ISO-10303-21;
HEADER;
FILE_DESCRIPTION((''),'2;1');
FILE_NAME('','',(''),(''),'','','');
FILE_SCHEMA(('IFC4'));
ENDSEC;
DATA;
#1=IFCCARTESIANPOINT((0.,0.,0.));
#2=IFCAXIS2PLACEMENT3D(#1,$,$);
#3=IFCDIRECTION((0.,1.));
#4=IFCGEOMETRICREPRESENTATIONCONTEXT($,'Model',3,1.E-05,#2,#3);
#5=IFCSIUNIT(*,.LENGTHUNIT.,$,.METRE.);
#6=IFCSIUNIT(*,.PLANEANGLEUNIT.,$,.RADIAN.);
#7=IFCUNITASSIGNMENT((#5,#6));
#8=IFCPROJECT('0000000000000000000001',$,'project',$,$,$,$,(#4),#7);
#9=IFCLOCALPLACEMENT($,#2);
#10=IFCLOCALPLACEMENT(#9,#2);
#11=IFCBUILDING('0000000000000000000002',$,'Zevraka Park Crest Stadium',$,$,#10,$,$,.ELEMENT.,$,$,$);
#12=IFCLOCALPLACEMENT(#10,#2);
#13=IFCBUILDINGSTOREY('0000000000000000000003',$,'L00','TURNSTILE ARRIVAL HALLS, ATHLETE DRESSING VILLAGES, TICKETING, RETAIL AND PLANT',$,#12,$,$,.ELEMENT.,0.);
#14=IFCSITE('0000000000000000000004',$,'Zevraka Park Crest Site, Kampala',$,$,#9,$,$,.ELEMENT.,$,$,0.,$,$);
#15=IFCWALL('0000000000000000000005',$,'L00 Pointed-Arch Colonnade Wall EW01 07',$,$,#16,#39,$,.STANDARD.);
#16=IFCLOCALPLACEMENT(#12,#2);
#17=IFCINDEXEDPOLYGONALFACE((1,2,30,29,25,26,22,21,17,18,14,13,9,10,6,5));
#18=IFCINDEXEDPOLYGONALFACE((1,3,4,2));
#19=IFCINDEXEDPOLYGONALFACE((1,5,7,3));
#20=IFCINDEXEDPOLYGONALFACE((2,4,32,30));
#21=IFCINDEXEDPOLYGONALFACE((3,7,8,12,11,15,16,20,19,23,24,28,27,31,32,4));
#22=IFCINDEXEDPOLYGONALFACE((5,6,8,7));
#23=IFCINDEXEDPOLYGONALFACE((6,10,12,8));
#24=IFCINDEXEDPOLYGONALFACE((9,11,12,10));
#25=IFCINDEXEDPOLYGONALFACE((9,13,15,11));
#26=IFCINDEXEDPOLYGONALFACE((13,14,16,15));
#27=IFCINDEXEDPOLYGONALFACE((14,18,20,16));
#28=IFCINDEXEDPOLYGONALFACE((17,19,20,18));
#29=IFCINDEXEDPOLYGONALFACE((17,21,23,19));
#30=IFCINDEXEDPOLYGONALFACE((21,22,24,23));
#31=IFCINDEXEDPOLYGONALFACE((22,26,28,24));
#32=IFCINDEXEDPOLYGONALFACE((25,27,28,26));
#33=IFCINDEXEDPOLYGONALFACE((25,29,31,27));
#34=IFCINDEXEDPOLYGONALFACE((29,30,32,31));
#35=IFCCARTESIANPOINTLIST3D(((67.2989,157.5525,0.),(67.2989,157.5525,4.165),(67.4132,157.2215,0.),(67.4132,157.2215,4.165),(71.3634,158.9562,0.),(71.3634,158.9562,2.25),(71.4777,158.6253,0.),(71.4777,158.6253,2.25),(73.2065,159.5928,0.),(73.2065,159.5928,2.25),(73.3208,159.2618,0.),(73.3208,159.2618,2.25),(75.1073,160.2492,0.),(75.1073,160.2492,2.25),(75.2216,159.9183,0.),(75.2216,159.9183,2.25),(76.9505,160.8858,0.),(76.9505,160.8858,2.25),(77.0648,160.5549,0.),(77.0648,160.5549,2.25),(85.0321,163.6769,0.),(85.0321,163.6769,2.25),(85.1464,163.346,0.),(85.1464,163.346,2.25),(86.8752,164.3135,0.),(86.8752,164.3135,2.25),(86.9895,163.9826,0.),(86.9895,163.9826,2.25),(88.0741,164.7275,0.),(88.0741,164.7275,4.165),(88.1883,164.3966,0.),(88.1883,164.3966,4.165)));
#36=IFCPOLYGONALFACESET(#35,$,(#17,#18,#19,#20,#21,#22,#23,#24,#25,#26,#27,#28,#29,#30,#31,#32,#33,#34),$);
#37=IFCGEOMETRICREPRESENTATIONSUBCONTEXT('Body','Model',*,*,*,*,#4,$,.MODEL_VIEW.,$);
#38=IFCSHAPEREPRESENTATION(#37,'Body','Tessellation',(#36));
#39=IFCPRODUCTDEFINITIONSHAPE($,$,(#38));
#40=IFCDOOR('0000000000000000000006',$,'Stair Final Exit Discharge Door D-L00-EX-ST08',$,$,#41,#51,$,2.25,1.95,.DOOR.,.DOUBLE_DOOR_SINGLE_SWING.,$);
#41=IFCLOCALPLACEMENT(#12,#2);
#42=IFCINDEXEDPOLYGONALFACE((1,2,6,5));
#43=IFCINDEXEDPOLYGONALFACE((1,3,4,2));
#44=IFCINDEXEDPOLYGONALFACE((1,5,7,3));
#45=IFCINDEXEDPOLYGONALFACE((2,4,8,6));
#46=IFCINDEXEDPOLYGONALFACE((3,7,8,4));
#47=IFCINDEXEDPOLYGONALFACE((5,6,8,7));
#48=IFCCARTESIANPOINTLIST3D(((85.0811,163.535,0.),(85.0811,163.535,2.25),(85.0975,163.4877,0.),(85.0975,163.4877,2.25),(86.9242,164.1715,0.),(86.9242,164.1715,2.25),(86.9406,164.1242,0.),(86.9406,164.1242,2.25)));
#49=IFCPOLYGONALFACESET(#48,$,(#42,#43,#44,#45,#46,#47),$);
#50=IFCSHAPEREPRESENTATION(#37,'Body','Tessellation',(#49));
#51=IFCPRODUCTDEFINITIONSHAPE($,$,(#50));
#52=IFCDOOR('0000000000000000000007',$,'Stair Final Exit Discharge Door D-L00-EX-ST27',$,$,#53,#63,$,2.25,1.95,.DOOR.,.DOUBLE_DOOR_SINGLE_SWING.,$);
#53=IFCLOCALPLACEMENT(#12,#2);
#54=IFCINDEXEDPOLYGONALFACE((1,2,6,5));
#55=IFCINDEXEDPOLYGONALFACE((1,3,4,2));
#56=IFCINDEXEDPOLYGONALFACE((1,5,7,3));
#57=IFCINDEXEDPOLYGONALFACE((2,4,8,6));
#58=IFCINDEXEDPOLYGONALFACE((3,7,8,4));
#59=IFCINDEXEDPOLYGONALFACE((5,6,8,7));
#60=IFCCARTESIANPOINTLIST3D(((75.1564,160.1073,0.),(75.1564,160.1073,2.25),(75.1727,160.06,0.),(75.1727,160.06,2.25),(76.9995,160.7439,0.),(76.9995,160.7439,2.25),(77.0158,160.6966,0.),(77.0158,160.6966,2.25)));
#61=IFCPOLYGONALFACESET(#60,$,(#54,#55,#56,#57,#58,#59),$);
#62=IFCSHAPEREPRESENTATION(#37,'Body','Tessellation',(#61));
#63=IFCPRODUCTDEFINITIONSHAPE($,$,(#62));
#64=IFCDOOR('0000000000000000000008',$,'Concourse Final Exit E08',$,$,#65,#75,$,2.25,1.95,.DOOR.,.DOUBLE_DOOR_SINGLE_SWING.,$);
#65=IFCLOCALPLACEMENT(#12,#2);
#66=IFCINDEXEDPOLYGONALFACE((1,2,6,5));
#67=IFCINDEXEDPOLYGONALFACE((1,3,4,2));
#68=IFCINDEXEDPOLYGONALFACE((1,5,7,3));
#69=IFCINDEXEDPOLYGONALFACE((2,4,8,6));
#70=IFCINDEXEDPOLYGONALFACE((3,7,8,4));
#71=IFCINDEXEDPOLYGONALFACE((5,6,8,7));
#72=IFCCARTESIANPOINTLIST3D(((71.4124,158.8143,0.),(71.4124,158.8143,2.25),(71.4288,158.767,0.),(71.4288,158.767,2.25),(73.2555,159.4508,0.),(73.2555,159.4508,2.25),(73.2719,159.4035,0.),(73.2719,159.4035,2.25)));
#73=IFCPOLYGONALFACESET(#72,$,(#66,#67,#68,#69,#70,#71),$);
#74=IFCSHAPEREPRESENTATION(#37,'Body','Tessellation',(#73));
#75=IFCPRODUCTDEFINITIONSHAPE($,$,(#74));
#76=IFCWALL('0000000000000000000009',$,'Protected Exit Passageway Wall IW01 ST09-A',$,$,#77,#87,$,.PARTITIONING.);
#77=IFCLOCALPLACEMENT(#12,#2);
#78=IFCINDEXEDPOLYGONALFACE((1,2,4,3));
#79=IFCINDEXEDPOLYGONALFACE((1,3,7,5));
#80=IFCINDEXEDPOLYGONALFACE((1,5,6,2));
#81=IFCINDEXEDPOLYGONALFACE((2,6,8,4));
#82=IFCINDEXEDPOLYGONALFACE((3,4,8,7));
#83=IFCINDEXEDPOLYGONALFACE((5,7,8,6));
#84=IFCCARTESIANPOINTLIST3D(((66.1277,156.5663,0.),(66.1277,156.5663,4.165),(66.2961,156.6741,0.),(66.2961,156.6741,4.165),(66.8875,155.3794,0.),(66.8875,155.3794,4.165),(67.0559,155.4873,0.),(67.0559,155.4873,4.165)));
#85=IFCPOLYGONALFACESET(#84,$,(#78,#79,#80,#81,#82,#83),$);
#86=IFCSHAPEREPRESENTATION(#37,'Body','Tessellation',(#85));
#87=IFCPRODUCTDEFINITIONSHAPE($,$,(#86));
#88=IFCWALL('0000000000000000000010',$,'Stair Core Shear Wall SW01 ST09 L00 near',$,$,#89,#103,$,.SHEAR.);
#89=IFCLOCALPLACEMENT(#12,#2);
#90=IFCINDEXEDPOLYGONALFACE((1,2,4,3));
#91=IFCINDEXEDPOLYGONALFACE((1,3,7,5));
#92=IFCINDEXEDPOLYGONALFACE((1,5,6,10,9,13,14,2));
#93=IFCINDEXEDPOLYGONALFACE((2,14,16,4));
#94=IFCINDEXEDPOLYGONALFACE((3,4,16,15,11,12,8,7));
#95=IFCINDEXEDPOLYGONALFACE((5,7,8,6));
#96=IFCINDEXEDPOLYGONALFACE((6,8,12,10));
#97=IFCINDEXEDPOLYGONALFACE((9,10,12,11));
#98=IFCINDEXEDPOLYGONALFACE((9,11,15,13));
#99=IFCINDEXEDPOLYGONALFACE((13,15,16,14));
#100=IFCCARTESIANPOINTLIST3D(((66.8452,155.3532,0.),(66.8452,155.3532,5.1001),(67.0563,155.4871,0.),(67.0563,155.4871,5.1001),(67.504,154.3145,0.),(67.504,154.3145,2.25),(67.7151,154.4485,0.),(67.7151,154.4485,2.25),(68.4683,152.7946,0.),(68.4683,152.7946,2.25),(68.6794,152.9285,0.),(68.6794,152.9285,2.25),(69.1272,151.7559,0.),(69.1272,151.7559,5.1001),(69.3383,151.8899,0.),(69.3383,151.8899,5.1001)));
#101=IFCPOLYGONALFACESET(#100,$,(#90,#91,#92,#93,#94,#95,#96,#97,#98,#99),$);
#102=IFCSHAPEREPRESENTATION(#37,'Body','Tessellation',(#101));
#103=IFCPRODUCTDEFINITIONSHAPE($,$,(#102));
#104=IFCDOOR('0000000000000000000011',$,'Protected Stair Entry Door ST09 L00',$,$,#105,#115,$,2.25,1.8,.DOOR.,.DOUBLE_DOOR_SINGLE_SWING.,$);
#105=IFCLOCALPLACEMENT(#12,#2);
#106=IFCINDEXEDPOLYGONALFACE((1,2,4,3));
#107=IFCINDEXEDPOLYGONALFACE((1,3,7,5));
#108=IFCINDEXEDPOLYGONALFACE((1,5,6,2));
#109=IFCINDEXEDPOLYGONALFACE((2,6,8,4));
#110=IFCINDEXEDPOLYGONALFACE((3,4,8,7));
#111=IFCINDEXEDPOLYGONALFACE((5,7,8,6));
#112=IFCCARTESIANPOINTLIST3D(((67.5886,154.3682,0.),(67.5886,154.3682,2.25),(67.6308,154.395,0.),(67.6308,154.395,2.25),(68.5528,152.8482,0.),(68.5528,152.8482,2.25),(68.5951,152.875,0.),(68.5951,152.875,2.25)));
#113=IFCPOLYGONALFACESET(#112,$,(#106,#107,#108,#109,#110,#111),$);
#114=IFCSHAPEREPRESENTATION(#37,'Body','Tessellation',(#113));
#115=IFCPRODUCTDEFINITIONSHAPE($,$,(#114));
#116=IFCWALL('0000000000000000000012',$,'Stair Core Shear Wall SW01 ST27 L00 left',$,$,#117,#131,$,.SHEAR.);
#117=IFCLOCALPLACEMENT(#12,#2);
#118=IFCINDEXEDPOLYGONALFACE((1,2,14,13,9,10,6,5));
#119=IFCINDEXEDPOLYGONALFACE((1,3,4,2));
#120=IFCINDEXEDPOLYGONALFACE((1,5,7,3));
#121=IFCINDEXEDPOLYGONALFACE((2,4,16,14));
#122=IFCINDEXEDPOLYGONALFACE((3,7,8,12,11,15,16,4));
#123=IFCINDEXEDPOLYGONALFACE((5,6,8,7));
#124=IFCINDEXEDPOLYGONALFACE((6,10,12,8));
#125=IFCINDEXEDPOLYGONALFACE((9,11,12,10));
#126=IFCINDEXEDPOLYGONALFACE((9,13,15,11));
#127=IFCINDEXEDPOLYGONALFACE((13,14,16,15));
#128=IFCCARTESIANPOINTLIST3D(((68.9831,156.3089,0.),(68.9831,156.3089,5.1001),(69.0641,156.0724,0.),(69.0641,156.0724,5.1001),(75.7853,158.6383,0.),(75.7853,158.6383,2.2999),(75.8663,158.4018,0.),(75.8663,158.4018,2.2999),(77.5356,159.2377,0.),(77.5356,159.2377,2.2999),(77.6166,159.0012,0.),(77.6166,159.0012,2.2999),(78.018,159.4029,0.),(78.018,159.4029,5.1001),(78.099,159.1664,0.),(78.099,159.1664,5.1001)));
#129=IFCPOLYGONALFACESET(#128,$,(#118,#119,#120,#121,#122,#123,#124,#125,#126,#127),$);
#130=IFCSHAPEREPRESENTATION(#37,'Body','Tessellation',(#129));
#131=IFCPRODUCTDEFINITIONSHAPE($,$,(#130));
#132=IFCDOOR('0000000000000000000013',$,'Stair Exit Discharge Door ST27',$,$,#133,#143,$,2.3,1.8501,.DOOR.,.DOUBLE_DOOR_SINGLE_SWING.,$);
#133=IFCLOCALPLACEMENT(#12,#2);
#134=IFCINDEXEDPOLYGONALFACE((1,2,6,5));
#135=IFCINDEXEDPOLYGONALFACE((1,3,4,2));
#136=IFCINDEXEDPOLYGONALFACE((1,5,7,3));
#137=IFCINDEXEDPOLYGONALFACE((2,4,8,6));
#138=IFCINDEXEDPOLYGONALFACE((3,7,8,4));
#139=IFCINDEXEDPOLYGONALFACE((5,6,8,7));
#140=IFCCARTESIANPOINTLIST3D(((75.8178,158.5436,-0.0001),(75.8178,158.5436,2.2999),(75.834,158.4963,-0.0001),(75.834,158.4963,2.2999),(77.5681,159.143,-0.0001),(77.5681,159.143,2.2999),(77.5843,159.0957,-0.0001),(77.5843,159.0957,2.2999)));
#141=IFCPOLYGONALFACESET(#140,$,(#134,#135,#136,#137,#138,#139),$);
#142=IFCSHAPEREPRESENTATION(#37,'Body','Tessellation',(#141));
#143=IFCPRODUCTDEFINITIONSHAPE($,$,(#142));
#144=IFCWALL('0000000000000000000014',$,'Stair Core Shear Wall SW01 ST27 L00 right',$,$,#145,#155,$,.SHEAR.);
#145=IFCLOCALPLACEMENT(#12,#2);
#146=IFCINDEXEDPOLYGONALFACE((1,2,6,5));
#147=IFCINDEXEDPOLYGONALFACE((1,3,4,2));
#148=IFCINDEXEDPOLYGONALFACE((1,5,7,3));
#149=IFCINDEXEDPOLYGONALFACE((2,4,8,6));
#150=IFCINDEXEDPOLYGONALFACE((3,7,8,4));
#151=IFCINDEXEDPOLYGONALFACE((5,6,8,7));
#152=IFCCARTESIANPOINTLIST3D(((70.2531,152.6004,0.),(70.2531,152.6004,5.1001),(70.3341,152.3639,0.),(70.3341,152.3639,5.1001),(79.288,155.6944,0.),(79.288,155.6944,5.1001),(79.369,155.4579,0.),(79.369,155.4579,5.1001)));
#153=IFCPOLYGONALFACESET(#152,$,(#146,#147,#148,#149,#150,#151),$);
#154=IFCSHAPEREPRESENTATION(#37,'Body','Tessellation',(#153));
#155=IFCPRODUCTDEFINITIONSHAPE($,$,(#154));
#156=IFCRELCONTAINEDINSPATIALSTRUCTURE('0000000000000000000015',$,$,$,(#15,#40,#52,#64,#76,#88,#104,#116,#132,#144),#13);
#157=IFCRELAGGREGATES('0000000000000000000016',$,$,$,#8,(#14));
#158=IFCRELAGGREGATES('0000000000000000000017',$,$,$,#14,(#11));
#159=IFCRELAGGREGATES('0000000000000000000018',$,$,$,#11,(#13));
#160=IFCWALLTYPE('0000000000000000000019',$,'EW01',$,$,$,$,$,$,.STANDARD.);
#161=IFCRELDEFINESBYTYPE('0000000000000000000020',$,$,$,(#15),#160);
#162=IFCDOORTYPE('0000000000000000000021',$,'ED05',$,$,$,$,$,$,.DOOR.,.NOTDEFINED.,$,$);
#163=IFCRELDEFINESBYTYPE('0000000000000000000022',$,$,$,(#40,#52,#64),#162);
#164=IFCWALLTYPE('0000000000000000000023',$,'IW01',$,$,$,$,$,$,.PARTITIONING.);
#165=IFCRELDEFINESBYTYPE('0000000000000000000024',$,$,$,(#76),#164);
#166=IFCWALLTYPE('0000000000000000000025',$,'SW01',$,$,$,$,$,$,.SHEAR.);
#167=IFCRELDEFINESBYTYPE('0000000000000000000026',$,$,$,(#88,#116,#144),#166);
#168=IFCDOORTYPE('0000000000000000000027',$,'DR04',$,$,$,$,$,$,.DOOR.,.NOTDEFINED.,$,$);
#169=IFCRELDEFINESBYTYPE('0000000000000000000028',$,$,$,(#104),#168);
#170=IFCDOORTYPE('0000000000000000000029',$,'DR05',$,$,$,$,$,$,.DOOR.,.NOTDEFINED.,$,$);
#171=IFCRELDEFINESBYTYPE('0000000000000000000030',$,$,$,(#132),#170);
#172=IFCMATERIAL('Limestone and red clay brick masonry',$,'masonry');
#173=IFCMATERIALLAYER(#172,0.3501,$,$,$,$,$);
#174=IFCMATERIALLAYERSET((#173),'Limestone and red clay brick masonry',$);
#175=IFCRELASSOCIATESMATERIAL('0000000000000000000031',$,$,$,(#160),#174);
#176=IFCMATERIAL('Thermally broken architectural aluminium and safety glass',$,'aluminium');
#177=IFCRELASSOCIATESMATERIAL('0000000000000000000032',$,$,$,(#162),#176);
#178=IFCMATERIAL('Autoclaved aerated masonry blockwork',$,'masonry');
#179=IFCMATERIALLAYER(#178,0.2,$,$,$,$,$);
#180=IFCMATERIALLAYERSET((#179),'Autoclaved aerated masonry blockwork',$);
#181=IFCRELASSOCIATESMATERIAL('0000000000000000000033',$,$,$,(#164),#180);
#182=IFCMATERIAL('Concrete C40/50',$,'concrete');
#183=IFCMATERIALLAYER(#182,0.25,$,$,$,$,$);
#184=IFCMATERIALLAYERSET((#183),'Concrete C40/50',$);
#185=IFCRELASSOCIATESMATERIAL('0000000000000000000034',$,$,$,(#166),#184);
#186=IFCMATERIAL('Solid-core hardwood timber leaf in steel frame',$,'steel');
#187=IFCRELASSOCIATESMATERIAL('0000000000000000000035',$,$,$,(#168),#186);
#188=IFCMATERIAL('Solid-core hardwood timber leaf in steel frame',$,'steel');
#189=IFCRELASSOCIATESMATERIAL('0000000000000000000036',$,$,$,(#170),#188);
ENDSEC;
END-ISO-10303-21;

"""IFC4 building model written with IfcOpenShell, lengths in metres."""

from ifc_helpers import new_model, si_unit, direction, frame, frame_2d, origin, place, context, subcontext, project, spatial, rectangle, extrude, material, layer, layer_set, type_object, element, fill, save


model = new_model("IFC4")

# Units and contexts
model_context = context("Model", 3, precision=1e-05, world=origin(), true_north=direction((0.0, 1.0)))
body_context = subcontext(model_context, "Body", "Model", "MODEL_VIEW")
ifc_project = project(units=[si_unit("LENGTHUNIT", "METRE"), si_unit("PLANEANGLEUNIT", "RADIAN")], contexts=[model_context])

# Site, building, storey
site_placement = place(None, origin())
site = spatial("IfcSite", under=ifc_project, at=site_placement, Name="Zevraka Park Crest Site, Kampala", CompositionType="ELEMENT", RefElevation=0.0)
building_placement = place(site_placement, origin())
building = spatial("IfcBuilding", under=site, at=building_placement, Name="Zevraka Park Crest Stadium", CompositionType="ELEMENT")
storey_placement = place(building_placement, origin())
storey = spatial("IfcBuildingStorey", under=building, at=storey_placement, Name="L00", Description="TURNSTILE ARRIVAL HALLS, ATHLETE DRESSING VILLAGES, TICKETING, RETAIL AND PLANT", CompositionType="ELEMENT", Elevation=0.0)

# Wall, openings, doors
ifc_material_1 = material(Name="Limestone and red clay brick masonry", Category="masonry")
ifc_layer_1 = layer(ifc_material_1, 0.3501)
ifc_layer_set_1 = layer_set([ifc_layer_1], Name="Limestone and red clay brick masonry")
wall_type_1 = type_object("IfcWallType", Name="EW01", PredefinedType="STANDARD", material=ifc_layer_set_1)
wall_1_placement = place(storey_placement, frame((67.356, 157.387, 0.0), z_axis=(0.0, 0.0, 1.0), x_axis=(0.945216, 0.326446, 0.0)))
wall_1 = element("IfcWall", 1, at=wall_1_placement, inside=storey, type_object=wall_type_1, Name="L00 Pointed-Arch Colonnade Wall EW01 07", PredefinedType="STANDARD", context=body_context, shape_type="SweptSolid", body=[
    extrude(rectangle(XDim=21.9792, YDim=0.3501, at=frame_2d((10.9897, 0.0))), origin(), (0.0, 0.0, 1.0), 4.165),
])
opening_1_placement = place(wall_1_placement, frame((18.761, 0.0, 0.0)))
opening_1 = element("IfcOpeningElement", 2, at=opening_1_placement, cuts=wall_1, PredefinedType="OPENING", context=body_context, shape_type="SweptSolid", body=[
    extrude(rectangle(XDim=1.95, YDim=2.25, at=frame_2d((0.9751, 1.125))), frame((0.0, 0.1851, 0.0), z_axis=(0.0, -1.0, 0.0), x_axis=(1.0, 0.0, 0.0)), (0.0, 0.0, 1.0), 0.3701),
])
opening_2_placement = place(wall_1_placement, frame((8.261, 0.0, 0.0)))
opening_2 = element("IfcOpeningElement", 3, at=opening_2_placement, cuts=wall_1, PredefinedType="OPENING", context=body_context, shape_type="SweptSolid", body=[
    extrude(rectangle(XDim=1.95, YDim=2.25, at=frame_2d((0.9751, 1.125))), frame((0.0, 0.1851, 0.0), z_axis=(0.0, -1.0, 0.0), x_axis=(1.0, 0.0, 0.0)), (0.0, 0.0, 1.0), 0.3701),
])
opening_3_placement = place(wall_1_placement, frame((4.3, 0.0, 0.0)))
opening_3 = element("IfcOpeningElement", 4, at=opening_3_placement, cuts=wall_1, PredefinedType="OPENING", context=body_context, shape_type="SweptSolid", body=[
    extrude(rectangle(XDim=1.95, YDim=2.25, at=frame_2d((0.9751, 1.125))), frame((0.0, 0.1851, 0.0), z_axis=(0.0, -1.0, 0.0), x_axis=(1.0, 0.0, 0.0)), (0.0, 0.0, 1.0), 0.3701),
])
ifc_material_2 = material(Name="Thermally broken architectural aluminium and safety glass", Category="aluminium")
door_type_1 = type_object("IfcDoorType", Name="ED05", OperationType="NOTDEFINED", PredefinedType="DOOR", material=ifc_material_2)
door_1_placement = place(opening_1_placement, origin())
door_1 = element("IfcDoor", 5, at=door_1_placement, inside=storey, type_object=door_type_1, Name="Stair Final Exit Discharge Door D-L00-EX-ST08", OperationType="DOUBLE_DOOR_SINGLE_SWING", OverallHeight=2.25, OverallWidth=1.95, PredefinedType="DOOR", context=body_context, shape_type="SweptSolid", body=[
    extrude(rectangle(XDim=1.95, YDim=2.25, at=frame_2d((0.9751, 1.125))), frame((0.0, 0.0249, 0.0), z_axis=(0.0, -1.0, 0.0), x_axis=(1.0, 0.0, 0.0)), (0.0, 0.0, 1.0), 0.05),
])
fill(opening_1, door_1)
door_2_placement = place(opening_2_placement, origin())
door_2 = element("IfcDoor", 6, at=door_2_placement, inside=storey, type_object=door_type_1, Name="Stair Final Exit Discharge Door D-L00-EX-ST27", OperationType="DOUBLE_DOOR_SINGLE_SWING", OverallHeight=2.25, OverallWidth=1.95, PredefinedType="DOOR", context=body_context, shape_type="SweptSolid", body=[
    extrude(rectangle(XDim=1.95, YDim=2.25, at=frame_2d((0.9751, 1.125))), frame((0.0, 0.0249, 0.0), z_axis=(0.0, -1.0, 0.0), x_axis=(1.0, 0.0, 0.0)), (0.0, 0.0, 1.0), 0.05),
])
fill(opening_2, door_2)
door_3_placement = place(opening_3_placement, origin())
door_3 = element("IfcDoor", 7, at=door_3_placement, inside=storey, type_object=door_type_1, Name="Concourse Final Exit E08", OperationType="DOUBLE_DOOR_SINGLE_SWING", OverallHeight=2.25, OverallWidth=1.95, PredefinedType="DOOR", context=body_context, shape_type="SweptSolid", body=[
    extrude(rectangle(XDim=1.95, YDim=2.25, at=frame_2d((0.9751, 1.125))), frame((0.0, 0.0249, 0.0), z_axis=(0.0, -1.0, 0.0), x_axis=(1.0, 0.0, 0.0)), (0.0, 0.0, 1.0), 0.05),
])
fill(opening_3, door_3)

# Wall
ifc_material_3 = material(Name="Autoclaved aerated masonry blockwork", Category="masonry")
ifc_layer_2 = layer(ifc_material_3, 0.2)
ifc_layer_set_2 = layer_set([ifc_layer_2], Name="Autoclaved aerated masonry blockwork")
wall_type_2 = type_object("IfcWallType", Name="IW01", PredefinedType="PARTITIONING", material=ifc_layer_set_2)
wall_2_placement = place(storey_placement, frame((66.9717, 155.4333, 0.0), z_axis=(0.0, 0.0, 1.0), x_axis=(-0.539172, 0.842196, 0.0)))
element("IfcWall", 8, at=wall_2_placement, inside=storey, type_object=wall_type_2, Name="Protected Exit Passageway Wall IW01 ST09-A", PredefinedType="PARTITIONING", context=body_context, shape_type="SweptSolid", body=[
    extrude(rectangle(XDim=1.4092, YDim=0.2, at=frame_2d((0.7046, 0.0))), origin(), (0.0, 0.0, 1.0), 4.165),
])

# Walls, openings, doors
ifc_material_4 = material(Name="Concrete C40/50", Category="concrete")
ifc_layer_3 = layer(ifc_material_4, 0.25)
ifc_layer_set_3 = layer_set([ifc_layer_3], Name="Concrete C40/50")
wall_type_3 = type_object("IfcWallType", Name="SW01", PredefinedType="SHEAR", material=ifc_layer_set_3)
wall_3_placement = place(storey_placement, frame((69.2327, 151.823, 0.0), z_axis=(0.0, 0.0, 1.0), x_axis=(-0.535685, 0.844418, 0.0)))
wall_3 = element("IfcWall", 9, at=wall_3_placement, inside=storey, type_object=wall_type_3, Name="Stair Core Shear Wall SW01 ST09 L00 near", PredefinedType="SHEAR", context=body_context, shape_type="SweptSolid", body=[
    extrude(rectangle(XDim=4.26, YDim=0.25, at=frame_2d((2.1299, 0.0))), origin(), (0.0, 0.0, 1.0), 5.1001),
])
opening_4_placement = place(wall_3_placement, frame((1.23, 0.0, 0.0)))
opening_4 = element("IfcOpeningElement", 10, at=opening_4_placement, cuts=wall_3, PredefinedType="OPENING", context=body_context, shape_type="SweptSolid", body=[
    extrude(rectangle(XDim=1.8, YDim=2.25, at=frame_2d((0.8999, 1.125))), frame((0.0, 0.135, 0.0), z_axis=(0.0, -1.0, 0.0), x_axis=(1.0, 0.0, 0.0)), (0.0, 0.0, 1.0), 0.27),
])
ifc_material_5 = material(Name="Solid-core hardwood timber leaf in steel frame", Category="steel")
door_type_2 = type_object("IfcDoorType", Name="DR04", OperationType="NOTDEFINED", PredefinedType="DOOR", material=ifc_material_5)
door_4_placement = place(opening_4_placement, origin())
door_4 = element("IfcDoor", 11, at=door_4_placement, inside=storey, type_object=door_type_2, Name="Protected Stair Entry Door ST09 L00", OperationType="DOUBLE_DOOR_SINGLE_SWING", OverallHeight=2.25, OverallWidth=1.8, PredefinedType="DOOR", context=body_context, shape_type="SweptSolid", body=[
    extrude(rectangle(XDim=1.8, YDim=2.25, at=frame_2d((0.8999, 1.125))), frame((0.0, 0.0249, 0.0), z_axis=(0.0, -1.0, 0.0), x_axis=(1.0, 0.0, 0.0)), (0.0, 0.0, 1.0), 0.05),
])
fill(opening_4, door_4)
wall_4_placement = place(storey_placement, frame((69.0237, 156.1907, 0.0), z_axis=(0.0, 0.0, 1.0), x_axis=(0.946064, 0.323979, 0.0)))
wall_4 = element("IfcWall", 12, at=wall_4_placement, inside=storey, type_object=wall_type_3, Name="Stair Core Shear Wall SW01 ST27 L00 left", PredefinedType="SHEAR", context=body_context, shape_type="SweptSolid", body=[
    extrude(rectangle(XDim=9.55, YDim=0.25, at=frame_2d((4.7749, 0.0))), origin(), (0.0, 0.0, 1.0), 5.1001),
])
opening_5_placement = place(wall_4_placement, frame((7.1899, 0.0, 0.0)))
opening_5 = element("IfcOpeningElement", 13, at=opening_5_placement, cuts=wall_4, PredefinedType="OPENING", context=body_context, shape_type="SweptSolid", body=[
    extrude(rectangle(XDim=1.8501, YDim=2.3, at=frame_2d((0.925, 1.1499))), frame((0.0, 0.135, 0.0), z_axis=(0.0, -1.0, 0.0), x_axis=(1.0, 0.0, 0.0)), (0.0, 0.0, 1.0), 0.27),
])
ifc_material_6 = material(Name="Solid-core hardwood timber leaf in steel frame", Category="steel")
door_type_3 = type_object("IfcDoorType", Name="DR05", OperationType="NOTDEFINED", PredefinedType="DOOR", material=ifc_material_6)
door_5_placement = place(opening_5_placement, origin())
door_5 = element("IfcDoor", 14, at=door_5_placement, inside=storey, type_object=door_type_3, Name="Stair Exit Discharge Door ST27", OperationType="DOUBLE_DOOR_SINGLE_SWING", OverallHeight=2.3, OverallWidth=1.8501, PredefinedType="DOOR", context=body_context, shape_type="SweptSolid", body=[
    extrude(rectangle(XDim=1.8501, YDim=2.3, at=frame_2d((0.925, 1.1499))), frame((0.0, 0.0249, 0.0), z_axis=(0.0, -1.0, 0.0), x_axis=(1.0, 0.0, 0.0)), (0.0, 0.0, 1.0), 0.05),
])
fill(opening_5, door_5)

# Wall
wall_5_placement = place(storey_placement, frame((70.2937, 152.4822, 0.0), z_axis=(0.0, 0.0, 1.0), x_axis=(0.946064, 0.323979, 0.0)))
element("IfcWall", 15, at=wall_5_placement, inside=storey, type_object=wall_type_3, Name="Stair Core Shear Wall SW01 ST27 L00 right", PredefinedType="SHEAR", context=body_context, shape_type="SweptSolid", body=[
    extrude(rectangle(XDim=9.55, YDim=0.25, at=frame_2d((4.7749, 0.0))), origin(), (0.0, 0.0, 1.0), 5.1001),
])

save(model, "model.ifc")
